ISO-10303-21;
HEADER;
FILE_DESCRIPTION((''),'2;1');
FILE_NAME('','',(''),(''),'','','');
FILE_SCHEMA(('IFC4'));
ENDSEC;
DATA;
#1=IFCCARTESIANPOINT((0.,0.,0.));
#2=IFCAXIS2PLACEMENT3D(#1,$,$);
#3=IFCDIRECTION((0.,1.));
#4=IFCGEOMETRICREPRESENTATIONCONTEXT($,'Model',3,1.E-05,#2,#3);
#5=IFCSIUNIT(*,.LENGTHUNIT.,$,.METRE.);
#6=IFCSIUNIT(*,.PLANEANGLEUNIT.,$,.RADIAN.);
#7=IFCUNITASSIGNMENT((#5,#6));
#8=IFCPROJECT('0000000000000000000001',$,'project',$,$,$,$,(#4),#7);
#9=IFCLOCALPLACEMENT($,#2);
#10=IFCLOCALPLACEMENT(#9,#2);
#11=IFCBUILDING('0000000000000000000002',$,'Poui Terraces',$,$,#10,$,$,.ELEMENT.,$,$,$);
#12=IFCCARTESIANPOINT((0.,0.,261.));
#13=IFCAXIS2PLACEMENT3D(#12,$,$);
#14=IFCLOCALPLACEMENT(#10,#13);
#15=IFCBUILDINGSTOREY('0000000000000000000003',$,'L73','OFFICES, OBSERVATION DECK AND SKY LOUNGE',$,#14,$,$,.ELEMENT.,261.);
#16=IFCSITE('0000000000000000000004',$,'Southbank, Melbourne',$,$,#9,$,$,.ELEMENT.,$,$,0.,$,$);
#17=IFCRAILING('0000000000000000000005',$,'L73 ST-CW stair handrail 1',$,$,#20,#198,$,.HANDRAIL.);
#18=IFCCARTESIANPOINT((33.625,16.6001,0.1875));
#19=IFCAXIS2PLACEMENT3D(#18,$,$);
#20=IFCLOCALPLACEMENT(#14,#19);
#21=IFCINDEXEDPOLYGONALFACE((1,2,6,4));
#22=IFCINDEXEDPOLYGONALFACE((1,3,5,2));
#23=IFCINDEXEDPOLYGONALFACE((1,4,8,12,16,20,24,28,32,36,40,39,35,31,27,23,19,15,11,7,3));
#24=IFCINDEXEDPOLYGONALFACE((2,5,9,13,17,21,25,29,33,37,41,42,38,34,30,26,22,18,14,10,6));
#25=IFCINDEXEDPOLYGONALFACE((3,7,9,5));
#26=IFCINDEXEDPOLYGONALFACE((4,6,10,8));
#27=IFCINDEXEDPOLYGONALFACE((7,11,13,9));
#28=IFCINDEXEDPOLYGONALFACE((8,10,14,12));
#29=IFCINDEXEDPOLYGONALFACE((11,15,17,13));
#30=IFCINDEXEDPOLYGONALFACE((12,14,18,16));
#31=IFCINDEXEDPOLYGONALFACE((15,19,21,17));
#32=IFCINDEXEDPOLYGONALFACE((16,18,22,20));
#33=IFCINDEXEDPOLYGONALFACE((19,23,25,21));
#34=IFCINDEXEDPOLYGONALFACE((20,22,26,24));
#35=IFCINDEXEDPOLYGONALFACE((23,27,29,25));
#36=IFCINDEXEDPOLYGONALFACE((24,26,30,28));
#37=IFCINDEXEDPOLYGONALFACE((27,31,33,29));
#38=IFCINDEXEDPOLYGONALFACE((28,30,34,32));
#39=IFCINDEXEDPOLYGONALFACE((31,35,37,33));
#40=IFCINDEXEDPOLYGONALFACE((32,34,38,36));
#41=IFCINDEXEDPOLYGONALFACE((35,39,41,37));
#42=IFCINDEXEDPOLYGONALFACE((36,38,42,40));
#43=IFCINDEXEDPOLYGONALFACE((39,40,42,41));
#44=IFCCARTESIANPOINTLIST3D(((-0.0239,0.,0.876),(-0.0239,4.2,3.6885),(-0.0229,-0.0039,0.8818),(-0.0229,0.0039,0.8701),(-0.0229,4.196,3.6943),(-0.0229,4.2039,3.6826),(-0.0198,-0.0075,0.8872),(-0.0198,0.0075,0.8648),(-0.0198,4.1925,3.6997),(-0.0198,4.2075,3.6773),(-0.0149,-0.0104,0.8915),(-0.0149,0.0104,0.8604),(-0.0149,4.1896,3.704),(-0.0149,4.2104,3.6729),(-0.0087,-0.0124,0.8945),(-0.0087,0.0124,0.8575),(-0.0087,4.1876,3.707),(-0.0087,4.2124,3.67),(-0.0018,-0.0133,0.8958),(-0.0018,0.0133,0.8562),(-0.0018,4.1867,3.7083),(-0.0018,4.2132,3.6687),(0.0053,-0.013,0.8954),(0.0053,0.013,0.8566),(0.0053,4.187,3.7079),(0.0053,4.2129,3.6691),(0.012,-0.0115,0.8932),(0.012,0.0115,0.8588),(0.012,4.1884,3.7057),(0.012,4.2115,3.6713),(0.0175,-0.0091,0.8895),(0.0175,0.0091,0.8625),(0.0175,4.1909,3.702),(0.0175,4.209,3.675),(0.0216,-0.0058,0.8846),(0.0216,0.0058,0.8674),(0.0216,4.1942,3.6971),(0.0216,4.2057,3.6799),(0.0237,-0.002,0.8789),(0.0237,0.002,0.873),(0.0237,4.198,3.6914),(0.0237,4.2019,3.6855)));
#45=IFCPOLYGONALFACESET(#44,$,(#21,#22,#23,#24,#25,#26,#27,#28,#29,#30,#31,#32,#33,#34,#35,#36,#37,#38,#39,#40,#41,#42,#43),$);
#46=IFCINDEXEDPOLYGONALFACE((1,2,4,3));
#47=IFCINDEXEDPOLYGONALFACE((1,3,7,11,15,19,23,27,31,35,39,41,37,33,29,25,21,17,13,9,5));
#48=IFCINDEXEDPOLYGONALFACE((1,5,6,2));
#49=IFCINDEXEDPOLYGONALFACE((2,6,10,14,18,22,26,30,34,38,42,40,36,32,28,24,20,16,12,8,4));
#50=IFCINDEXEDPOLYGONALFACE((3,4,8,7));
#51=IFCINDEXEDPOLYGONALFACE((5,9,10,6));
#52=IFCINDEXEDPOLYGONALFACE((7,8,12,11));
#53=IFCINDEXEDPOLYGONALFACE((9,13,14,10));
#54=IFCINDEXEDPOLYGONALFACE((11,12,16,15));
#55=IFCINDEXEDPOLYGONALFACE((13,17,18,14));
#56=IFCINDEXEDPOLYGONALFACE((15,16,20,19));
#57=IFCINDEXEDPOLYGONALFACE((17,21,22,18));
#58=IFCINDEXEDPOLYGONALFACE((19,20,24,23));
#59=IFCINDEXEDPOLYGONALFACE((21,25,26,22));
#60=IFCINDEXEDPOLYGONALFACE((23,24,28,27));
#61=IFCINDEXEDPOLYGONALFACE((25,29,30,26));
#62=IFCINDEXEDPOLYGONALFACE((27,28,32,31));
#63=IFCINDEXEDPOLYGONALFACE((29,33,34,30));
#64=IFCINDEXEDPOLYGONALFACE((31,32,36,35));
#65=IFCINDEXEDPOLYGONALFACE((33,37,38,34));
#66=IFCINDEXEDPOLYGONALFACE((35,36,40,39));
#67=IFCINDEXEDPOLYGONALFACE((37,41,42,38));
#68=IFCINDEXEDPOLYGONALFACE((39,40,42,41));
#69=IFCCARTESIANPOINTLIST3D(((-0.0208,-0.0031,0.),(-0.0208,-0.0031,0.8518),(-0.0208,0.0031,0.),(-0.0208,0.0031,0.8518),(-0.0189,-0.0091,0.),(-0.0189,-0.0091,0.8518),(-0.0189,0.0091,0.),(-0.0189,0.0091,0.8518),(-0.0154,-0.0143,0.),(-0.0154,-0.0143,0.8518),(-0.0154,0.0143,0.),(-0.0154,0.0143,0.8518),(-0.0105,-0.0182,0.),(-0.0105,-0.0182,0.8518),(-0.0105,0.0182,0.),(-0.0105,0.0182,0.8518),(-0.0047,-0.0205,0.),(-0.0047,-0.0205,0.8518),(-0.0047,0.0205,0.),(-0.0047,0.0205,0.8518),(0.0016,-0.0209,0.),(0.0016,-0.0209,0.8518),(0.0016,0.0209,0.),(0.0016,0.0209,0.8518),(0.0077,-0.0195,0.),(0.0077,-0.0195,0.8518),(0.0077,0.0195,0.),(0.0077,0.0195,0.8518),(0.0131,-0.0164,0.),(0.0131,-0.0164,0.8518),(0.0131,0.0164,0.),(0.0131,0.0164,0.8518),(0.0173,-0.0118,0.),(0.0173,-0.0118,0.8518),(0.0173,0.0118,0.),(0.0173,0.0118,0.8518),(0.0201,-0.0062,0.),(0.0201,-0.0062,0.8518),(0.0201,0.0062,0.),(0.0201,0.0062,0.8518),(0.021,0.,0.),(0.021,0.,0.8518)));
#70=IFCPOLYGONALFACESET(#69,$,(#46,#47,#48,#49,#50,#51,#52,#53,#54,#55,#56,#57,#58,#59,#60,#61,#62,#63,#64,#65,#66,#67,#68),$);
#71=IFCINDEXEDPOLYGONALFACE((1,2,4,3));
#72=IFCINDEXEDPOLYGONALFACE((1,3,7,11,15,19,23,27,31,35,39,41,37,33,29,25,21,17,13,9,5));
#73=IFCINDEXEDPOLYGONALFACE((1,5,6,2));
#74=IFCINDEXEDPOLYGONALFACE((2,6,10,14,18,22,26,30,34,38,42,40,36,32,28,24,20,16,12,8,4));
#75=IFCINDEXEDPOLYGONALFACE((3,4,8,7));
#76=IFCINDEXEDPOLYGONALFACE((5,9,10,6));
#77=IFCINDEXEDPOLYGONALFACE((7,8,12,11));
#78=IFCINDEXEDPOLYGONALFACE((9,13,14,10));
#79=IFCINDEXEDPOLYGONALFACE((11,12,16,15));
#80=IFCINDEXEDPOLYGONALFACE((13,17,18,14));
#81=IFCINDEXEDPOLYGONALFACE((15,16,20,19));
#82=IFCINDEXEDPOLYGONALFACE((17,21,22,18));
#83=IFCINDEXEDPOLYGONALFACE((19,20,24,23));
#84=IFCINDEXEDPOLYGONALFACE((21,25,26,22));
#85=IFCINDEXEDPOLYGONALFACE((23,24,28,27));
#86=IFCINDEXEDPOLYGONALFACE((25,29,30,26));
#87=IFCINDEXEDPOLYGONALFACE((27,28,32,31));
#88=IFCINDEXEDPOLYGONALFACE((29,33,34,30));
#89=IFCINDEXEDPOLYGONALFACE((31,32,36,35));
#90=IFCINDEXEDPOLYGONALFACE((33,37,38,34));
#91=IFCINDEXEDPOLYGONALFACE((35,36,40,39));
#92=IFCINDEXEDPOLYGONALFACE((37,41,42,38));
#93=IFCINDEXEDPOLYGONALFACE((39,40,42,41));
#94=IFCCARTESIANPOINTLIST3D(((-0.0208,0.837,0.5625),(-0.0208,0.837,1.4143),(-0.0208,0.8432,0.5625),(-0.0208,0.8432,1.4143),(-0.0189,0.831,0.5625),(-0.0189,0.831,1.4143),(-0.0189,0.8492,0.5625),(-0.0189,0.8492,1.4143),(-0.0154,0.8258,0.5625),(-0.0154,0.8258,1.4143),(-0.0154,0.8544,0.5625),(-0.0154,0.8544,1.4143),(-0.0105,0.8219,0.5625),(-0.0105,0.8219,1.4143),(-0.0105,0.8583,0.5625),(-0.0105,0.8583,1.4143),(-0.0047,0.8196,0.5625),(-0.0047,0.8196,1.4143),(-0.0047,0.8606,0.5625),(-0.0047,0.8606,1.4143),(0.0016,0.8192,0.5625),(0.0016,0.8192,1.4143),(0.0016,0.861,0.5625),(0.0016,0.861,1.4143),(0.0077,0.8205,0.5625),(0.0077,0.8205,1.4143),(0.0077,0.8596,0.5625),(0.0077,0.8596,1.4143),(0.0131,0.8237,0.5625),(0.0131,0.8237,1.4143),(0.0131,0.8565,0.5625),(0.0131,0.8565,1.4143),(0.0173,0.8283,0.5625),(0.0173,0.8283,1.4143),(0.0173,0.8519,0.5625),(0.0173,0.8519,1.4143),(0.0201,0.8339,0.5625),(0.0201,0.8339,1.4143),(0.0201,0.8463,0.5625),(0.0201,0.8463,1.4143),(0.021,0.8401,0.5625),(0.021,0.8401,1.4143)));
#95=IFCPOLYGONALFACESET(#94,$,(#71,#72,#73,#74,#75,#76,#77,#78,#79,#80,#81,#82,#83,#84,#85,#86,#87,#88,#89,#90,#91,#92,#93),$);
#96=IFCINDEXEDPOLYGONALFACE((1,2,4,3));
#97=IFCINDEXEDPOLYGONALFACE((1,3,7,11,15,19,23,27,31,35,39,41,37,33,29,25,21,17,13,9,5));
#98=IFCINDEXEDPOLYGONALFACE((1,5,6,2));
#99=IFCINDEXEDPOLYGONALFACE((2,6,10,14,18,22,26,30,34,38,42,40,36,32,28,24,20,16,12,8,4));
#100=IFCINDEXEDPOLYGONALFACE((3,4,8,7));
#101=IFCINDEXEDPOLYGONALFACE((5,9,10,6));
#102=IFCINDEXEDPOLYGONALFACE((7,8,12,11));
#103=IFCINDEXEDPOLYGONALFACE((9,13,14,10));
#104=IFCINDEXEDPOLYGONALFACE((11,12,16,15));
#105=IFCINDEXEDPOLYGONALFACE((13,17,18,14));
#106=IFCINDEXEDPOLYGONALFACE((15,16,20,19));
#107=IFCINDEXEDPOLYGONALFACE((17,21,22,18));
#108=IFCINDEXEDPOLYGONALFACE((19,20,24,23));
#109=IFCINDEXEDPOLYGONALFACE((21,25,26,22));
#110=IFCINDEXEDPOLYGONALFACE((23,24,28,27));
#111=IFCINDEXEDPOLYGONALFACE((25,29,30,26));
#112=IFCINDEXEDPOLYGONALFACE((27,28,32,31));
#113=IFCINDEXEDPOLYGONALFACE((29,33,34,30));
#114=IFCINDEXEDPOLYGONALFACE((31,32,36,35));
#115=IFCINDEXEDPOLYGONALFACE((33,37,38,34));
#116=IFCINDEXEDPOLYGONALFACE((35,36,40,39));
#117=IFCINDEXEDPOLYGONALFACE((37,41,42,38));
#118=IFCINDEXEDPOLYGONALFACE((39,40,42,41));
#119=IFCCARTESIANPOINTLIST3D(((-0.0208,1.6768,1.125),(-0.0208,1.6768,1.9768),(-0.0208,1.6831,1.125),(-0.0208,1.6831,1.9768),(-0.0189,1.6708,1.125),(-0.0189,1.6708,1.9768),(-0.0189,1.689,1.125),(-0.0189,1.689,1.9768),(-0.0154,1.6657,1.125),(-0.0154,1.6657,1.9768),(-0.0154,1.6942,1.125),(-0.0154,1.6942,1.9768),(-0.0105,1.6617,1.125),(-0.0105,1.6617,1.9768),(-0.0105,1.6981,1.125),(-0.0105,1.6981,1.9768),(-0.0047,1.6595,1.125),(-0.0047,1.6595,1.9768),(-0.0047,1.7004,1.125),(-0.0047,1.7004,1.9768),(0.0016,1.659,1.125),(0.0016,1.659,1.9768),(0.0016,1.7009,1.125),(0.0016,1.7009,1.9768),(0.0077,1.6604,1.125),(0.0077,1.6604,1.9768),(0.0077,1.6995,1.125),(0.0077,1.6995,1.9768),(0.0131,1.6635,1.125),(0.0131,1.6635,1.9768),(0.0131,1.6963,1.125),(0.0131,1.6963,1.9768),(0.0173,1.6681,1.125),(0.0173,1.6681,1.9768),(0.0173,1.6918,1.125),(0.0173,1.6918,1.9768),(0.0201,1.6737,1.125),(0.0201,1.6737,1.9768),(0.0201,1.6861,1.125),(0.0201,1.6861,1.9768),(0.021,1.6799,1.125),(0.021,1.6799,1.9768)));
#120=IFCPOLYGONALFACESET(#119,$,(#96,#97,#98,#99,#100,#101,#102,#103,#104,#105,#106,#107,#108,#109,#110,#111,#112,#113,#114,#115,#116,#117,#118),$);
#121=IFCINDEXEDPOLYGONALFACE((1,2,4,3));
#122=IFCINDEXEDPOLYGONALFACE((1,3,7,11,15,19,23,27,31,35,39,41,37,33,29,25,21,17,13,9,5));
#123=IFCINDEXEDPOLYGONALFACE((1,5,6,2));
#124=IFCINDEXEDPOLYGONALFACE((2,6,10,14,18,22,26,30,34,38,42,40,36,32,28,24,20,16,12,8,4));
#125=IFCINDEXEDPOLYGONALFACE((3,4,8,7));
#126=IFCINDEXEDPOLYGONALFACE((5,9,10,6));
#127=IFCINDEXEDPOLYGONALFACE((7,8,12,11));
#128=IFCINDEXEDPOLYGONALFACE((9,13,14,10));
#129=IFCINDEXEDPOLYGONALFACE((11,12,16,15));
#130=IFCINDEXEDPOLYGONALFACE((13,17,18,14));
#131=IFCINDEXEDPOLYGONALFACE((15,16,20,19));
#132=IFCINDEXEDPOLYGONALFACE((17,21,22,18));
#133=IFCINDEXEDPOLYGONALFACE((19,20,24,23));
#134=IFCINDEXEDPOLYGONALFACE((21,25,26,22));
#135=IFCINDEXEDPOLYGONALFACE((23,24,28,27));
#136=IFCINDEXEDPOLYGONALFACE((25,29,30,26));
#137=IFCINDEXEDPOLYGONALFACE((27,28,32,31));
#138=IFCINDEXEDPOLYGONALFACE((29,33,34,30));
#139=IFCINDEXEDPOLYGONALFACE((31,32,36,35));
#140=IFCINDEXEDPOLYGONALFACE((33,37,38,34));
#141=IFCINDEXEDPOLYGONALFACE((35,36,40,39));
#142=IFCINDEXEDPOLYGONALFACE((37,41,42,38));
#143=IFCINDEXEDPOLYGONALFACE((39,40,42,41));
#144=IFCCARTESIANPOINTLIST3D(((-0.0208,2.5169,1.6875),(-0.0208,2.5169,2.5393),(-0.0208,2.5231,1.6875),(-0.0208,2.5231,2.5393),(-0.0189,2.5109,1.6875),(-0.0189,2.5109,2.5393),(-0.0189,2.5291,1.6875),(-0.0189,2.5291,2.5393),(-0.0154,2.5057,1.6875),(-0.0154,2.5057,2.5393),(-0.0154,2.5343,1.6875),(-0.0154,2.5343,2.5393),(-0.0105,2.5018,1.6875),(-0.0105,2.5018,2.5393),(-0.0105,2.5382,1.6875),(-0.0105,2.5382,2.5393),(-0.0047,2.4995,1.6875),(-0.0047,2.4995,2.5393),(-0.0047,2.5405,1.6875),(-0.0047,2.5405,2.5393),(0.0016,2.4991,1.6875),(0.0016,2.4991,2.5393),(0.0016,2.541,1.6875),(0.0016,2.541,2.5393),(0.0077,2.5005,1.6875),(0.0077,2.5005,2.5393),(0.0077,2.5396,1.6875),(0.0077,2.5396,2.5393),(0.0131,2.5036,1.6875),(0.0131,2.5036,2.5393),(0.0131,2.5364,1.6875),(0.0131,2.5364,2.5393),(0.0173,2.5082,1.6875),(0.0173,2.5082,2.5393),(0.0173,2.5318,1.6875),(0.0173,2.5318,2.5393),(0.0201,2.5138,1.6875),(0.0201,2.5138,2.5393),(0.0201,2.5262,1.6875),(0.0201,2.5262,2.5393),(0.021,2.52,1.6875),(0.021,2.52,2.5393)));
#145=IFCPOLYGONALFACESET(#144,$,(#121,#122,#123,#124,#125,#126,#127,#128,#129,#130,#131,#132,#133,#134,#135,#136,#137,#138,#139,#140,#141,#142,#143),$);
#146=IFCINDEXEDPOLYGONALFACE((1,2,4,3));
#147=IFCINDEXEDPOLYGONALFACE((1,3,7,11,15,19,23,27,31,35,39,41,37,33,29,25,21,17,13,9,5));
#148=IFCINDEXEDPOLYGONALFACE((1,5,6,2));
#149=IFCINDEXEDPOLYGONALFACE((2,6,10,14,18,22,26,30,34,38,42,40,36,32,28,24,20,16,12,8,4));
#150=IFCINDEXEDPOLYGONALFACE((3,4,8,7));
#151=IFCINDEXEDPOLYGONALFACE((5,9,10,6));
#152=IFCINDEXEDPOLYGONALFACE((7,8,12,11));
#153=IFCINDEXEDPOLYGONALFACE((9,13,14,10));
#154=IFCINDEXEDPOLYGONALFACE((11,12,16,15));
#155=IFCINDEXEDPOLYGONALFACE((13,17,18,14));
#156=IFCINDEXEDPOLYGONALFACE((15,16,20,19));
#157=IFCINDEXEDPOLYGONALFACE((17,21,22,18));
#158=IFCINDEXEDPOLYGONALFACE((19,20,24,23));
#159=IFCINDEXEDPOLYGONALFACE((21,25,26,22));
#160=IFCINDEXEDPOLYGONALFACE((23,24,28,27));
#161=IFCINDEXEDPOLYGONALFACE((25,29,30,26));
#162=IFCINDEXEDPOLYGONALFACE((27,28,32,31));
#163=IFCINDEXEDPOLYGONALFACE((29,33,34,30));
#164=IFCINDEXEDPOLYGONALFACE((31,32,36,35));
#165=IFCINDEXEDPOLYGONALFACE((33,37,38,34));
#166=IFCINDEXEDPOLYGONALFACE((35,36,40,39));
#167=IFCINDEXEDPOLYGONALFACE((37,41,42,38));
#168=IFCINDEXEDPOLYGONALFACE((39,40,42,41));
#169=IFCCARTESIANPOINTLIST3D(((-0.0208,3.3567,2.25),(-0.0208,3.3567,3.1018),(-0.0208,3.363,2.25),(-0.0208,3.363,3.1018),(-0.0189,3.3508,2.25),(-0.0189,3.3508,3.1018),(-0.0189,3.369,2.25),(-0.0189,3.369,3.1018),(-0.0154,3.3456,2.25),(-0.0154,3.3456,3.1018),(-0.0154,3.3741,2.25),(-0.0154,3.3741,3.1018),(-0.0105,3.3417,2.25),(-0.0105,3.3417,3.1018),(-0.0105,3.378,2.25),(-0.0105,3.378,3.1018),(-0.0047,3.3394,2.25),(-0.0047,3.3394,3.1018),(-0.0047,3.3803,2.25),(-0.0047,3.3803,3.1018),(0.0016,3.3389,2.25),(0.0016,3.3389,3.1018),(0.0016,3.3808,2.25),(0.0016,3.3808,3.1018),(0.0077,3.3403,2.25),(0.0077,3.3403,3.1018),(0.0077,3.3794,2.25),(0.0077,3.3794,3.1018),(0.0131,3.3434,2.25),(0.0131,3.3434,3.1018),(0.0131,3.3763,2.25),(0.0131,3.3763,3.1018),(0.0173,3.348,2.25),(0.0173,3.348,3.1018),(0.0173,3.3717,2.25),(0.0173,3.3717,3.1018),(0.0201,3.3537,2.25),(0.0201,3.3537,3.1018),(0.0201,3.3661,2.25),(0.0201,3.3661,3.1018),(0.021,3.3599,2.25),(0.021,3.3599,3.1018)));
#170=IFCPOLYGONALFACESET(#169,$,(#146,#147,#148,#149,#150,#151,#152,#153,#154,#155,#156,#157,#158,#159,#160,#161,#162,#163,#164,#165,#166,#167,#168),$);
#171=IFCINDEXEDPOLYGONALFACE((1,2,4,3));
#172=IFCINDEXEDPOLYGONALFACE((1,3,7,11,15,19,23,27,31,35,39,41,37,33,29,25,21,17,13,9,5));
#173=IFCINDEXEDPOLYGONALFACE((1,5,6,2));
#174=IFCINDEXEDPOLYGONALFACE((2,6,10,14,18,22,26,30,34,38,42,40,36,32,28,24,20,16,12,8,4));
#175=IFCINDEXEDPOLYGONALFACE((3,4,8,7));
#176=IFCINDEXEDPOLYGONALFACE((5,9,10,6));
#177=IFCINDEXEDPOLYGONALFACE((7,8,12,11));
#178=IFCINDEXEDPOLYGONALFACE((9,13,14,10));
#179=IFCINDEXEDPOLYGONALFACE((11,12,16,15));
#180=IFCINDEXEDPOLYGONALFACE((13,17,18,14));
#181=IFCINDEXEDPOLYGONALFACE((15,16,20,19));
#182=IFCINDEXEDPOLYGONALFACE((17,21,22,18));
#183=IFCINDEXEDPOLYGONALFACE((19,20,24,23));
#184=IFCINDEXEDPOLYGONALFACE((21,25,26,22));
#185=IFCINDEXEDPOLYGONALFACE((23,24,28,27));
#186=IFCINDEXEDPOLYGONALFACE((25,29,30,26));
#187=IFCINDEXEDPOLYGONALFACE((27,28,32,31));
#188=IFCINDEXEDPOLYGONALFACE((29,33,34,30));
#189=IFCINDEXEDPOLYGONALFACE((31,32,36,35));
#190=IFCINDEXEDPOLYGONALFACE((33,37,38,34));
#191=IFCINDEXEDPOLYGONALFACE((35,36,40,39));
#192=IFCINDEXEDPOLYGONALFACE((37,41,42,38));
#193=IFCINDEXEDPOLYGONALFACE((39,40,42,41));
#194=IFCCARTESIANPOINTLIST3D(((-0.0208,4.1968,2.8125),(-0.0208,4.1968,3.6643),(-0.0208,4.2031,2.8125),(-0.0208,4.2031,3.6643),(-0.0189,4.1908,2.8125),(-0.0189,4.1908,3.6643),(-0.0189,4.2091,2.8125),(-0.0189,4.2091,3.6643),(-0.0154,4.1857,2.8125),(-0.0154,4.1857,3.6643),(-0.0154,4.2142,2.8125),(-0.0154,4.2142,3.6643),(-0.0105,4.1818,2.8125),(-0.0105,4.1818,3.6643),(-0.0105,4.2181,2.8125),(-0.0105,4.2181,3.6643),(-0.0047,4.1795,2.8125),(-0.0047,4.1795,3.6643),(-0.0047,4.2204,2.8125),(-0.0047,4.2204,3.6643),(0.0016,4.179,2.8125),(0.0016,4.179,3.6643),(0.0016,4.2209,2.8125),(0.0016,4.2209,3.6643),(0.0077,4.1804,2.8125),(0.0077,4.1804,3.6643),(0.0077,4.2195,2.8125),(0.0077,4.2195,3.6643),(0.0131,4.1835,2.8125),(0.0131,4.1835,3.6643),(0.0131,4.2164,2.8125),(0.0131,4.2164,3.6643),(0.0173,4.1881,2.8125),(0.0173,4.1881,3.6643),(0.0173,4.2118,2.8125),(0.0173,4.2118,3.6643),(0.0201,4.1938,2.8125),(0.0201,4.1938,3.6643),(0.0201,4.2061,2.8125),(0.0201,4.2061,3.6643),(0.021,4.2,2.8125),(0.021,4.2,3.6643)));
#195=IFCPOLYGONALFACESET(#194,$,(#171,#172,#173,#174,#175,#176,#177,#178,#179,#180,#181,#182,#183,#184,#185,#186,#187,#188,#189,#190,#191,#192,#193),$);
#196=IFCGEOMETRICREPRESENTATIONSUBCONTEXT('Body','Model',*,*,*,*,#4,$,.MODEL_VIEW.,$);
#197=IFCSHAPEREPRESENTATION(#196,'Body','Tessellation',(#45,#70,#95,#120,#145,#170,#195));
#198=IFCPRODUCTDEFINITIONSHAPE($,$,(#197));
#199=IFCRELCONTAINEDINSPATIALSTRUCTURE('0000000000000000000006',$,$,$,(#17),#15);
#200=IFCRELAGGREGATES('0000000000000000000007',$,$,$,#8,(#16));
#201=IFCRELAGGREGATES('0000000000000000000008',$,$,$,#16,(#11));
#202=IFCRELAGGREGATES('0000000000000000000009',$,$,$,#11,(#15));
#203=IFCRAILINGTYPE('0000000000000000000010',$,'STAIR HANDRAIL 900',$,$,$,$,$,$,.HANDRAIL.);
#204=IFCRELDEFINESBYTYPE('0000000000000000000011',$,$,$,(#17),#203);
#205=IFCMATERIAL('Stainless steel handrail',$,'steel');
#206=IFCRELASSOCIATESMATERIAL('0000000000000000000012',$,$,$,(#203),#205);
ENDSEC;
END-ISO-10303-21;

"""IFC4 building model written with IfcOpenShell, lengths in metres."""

from ifc_helpers import new_model, si_unit, direction, frame, origin, origin_2d, place, context, subcontext, project, spatial, circle, extrude, material, type_object, element, save


model = new_model("IFC4")

# Units and contexts
model_context = context("Model", 3, precision=1e-05, world=origin(), true_north=direction((0.0, 1.0)))
body_context = subcontext(model_context, "Body", "Model", "MODEL_VIEW")
ifc_project = project(units=[si_unit("LENGTHUNIT", "METRE"), si_unit("PLANEANGLEUNIT", "RADIAN")], contexts=[model_context])

# Site, building, storey
site_placement = place(None, origin())
site = spatial("IfcSite", under=ifc_project, at=site_placement, Name="Southbank, Melbourne", CompositionType="ELEMENT", RefElevation=0.0)
building_placement = place(site_placement, origin())
building = spatial("IfcBuilding", under=site, at=building_placement, Name="Poui Terraces", CompositionType="ELEMENT")
storey_placement = place(building_placement, frame((0.0, 0.0, 261.0)))
storey = spatial("IfcBuildingStorey", under=building, at=storey_placement, Name="L73", Description="OFFICES, OBSERVATION DECK AND SKY LOUNGE", CompositionType="ELEMENT", Elevation=261.0)

# Railing
ifc_material_1 = material(Name="Stainless steel handrail", Category="steel")
railing_type_1 = type_object("IfcRailingType", Name="STAIR HANDRAIL 900", PredefinedType="HANDRAIL", material=ifc_material_1)
railing_1_placement = place(storey_placement, frame((33.625, 16.6001, 0.1875)))
element("IfcRailing", 1, at=railing_1_placement, inside=storey, type_object=railing_type_1, Name="L73 ST-CW stair handrail 1", PredefinedType="HANDRAIL", context=body_context, shape_type="SweptSolid", body=[
    extrude(circle(Radius=0.0239, at=origin_2d()), frame((0.0, 0.0, 0.876), z_axis=(0.0, 0.830904, 0.556416), x_axis=(-1.0, 0.0, 0.0)), (0.0, 0.0, 1.0), 5.0547),
    extrude(circle(Radius=0.021, at=origin_2d()), origin(), (0.0, 0.0, 1.0), 0.8518),
    extrude(circle(Radius=0.021, at=origin_2d()), frame((0.0, 0.8401, 0.5625)), (0.0, 0.0, 1.0), 0.8518),
    extrude(circle(Radius=0.021, at=origin_2d()), frame((0.0, 1.6799, 1.125)), (0.0, 0.0, 1.0), 0.8518),
    extrude(circle(Radius=0.021, at=origin_2d()), frame((0.0, 2.52, 1.6875)), (0.0, 0.0, 1.0), 0.8518),
    extrude(circle(Radius=0.021, at=origin_2d()), frame((0.0, 3.3599, 2.25)), (0.0, 0.0, 1.0), 0.8518),
    extrude(circle(Radius=0.021, at=origin_2d()), frame((0.0, 4.2, 2.8125)), (0.0, 0.0, 1.0), 0.8518),
])

save(model, "model.ifc")
